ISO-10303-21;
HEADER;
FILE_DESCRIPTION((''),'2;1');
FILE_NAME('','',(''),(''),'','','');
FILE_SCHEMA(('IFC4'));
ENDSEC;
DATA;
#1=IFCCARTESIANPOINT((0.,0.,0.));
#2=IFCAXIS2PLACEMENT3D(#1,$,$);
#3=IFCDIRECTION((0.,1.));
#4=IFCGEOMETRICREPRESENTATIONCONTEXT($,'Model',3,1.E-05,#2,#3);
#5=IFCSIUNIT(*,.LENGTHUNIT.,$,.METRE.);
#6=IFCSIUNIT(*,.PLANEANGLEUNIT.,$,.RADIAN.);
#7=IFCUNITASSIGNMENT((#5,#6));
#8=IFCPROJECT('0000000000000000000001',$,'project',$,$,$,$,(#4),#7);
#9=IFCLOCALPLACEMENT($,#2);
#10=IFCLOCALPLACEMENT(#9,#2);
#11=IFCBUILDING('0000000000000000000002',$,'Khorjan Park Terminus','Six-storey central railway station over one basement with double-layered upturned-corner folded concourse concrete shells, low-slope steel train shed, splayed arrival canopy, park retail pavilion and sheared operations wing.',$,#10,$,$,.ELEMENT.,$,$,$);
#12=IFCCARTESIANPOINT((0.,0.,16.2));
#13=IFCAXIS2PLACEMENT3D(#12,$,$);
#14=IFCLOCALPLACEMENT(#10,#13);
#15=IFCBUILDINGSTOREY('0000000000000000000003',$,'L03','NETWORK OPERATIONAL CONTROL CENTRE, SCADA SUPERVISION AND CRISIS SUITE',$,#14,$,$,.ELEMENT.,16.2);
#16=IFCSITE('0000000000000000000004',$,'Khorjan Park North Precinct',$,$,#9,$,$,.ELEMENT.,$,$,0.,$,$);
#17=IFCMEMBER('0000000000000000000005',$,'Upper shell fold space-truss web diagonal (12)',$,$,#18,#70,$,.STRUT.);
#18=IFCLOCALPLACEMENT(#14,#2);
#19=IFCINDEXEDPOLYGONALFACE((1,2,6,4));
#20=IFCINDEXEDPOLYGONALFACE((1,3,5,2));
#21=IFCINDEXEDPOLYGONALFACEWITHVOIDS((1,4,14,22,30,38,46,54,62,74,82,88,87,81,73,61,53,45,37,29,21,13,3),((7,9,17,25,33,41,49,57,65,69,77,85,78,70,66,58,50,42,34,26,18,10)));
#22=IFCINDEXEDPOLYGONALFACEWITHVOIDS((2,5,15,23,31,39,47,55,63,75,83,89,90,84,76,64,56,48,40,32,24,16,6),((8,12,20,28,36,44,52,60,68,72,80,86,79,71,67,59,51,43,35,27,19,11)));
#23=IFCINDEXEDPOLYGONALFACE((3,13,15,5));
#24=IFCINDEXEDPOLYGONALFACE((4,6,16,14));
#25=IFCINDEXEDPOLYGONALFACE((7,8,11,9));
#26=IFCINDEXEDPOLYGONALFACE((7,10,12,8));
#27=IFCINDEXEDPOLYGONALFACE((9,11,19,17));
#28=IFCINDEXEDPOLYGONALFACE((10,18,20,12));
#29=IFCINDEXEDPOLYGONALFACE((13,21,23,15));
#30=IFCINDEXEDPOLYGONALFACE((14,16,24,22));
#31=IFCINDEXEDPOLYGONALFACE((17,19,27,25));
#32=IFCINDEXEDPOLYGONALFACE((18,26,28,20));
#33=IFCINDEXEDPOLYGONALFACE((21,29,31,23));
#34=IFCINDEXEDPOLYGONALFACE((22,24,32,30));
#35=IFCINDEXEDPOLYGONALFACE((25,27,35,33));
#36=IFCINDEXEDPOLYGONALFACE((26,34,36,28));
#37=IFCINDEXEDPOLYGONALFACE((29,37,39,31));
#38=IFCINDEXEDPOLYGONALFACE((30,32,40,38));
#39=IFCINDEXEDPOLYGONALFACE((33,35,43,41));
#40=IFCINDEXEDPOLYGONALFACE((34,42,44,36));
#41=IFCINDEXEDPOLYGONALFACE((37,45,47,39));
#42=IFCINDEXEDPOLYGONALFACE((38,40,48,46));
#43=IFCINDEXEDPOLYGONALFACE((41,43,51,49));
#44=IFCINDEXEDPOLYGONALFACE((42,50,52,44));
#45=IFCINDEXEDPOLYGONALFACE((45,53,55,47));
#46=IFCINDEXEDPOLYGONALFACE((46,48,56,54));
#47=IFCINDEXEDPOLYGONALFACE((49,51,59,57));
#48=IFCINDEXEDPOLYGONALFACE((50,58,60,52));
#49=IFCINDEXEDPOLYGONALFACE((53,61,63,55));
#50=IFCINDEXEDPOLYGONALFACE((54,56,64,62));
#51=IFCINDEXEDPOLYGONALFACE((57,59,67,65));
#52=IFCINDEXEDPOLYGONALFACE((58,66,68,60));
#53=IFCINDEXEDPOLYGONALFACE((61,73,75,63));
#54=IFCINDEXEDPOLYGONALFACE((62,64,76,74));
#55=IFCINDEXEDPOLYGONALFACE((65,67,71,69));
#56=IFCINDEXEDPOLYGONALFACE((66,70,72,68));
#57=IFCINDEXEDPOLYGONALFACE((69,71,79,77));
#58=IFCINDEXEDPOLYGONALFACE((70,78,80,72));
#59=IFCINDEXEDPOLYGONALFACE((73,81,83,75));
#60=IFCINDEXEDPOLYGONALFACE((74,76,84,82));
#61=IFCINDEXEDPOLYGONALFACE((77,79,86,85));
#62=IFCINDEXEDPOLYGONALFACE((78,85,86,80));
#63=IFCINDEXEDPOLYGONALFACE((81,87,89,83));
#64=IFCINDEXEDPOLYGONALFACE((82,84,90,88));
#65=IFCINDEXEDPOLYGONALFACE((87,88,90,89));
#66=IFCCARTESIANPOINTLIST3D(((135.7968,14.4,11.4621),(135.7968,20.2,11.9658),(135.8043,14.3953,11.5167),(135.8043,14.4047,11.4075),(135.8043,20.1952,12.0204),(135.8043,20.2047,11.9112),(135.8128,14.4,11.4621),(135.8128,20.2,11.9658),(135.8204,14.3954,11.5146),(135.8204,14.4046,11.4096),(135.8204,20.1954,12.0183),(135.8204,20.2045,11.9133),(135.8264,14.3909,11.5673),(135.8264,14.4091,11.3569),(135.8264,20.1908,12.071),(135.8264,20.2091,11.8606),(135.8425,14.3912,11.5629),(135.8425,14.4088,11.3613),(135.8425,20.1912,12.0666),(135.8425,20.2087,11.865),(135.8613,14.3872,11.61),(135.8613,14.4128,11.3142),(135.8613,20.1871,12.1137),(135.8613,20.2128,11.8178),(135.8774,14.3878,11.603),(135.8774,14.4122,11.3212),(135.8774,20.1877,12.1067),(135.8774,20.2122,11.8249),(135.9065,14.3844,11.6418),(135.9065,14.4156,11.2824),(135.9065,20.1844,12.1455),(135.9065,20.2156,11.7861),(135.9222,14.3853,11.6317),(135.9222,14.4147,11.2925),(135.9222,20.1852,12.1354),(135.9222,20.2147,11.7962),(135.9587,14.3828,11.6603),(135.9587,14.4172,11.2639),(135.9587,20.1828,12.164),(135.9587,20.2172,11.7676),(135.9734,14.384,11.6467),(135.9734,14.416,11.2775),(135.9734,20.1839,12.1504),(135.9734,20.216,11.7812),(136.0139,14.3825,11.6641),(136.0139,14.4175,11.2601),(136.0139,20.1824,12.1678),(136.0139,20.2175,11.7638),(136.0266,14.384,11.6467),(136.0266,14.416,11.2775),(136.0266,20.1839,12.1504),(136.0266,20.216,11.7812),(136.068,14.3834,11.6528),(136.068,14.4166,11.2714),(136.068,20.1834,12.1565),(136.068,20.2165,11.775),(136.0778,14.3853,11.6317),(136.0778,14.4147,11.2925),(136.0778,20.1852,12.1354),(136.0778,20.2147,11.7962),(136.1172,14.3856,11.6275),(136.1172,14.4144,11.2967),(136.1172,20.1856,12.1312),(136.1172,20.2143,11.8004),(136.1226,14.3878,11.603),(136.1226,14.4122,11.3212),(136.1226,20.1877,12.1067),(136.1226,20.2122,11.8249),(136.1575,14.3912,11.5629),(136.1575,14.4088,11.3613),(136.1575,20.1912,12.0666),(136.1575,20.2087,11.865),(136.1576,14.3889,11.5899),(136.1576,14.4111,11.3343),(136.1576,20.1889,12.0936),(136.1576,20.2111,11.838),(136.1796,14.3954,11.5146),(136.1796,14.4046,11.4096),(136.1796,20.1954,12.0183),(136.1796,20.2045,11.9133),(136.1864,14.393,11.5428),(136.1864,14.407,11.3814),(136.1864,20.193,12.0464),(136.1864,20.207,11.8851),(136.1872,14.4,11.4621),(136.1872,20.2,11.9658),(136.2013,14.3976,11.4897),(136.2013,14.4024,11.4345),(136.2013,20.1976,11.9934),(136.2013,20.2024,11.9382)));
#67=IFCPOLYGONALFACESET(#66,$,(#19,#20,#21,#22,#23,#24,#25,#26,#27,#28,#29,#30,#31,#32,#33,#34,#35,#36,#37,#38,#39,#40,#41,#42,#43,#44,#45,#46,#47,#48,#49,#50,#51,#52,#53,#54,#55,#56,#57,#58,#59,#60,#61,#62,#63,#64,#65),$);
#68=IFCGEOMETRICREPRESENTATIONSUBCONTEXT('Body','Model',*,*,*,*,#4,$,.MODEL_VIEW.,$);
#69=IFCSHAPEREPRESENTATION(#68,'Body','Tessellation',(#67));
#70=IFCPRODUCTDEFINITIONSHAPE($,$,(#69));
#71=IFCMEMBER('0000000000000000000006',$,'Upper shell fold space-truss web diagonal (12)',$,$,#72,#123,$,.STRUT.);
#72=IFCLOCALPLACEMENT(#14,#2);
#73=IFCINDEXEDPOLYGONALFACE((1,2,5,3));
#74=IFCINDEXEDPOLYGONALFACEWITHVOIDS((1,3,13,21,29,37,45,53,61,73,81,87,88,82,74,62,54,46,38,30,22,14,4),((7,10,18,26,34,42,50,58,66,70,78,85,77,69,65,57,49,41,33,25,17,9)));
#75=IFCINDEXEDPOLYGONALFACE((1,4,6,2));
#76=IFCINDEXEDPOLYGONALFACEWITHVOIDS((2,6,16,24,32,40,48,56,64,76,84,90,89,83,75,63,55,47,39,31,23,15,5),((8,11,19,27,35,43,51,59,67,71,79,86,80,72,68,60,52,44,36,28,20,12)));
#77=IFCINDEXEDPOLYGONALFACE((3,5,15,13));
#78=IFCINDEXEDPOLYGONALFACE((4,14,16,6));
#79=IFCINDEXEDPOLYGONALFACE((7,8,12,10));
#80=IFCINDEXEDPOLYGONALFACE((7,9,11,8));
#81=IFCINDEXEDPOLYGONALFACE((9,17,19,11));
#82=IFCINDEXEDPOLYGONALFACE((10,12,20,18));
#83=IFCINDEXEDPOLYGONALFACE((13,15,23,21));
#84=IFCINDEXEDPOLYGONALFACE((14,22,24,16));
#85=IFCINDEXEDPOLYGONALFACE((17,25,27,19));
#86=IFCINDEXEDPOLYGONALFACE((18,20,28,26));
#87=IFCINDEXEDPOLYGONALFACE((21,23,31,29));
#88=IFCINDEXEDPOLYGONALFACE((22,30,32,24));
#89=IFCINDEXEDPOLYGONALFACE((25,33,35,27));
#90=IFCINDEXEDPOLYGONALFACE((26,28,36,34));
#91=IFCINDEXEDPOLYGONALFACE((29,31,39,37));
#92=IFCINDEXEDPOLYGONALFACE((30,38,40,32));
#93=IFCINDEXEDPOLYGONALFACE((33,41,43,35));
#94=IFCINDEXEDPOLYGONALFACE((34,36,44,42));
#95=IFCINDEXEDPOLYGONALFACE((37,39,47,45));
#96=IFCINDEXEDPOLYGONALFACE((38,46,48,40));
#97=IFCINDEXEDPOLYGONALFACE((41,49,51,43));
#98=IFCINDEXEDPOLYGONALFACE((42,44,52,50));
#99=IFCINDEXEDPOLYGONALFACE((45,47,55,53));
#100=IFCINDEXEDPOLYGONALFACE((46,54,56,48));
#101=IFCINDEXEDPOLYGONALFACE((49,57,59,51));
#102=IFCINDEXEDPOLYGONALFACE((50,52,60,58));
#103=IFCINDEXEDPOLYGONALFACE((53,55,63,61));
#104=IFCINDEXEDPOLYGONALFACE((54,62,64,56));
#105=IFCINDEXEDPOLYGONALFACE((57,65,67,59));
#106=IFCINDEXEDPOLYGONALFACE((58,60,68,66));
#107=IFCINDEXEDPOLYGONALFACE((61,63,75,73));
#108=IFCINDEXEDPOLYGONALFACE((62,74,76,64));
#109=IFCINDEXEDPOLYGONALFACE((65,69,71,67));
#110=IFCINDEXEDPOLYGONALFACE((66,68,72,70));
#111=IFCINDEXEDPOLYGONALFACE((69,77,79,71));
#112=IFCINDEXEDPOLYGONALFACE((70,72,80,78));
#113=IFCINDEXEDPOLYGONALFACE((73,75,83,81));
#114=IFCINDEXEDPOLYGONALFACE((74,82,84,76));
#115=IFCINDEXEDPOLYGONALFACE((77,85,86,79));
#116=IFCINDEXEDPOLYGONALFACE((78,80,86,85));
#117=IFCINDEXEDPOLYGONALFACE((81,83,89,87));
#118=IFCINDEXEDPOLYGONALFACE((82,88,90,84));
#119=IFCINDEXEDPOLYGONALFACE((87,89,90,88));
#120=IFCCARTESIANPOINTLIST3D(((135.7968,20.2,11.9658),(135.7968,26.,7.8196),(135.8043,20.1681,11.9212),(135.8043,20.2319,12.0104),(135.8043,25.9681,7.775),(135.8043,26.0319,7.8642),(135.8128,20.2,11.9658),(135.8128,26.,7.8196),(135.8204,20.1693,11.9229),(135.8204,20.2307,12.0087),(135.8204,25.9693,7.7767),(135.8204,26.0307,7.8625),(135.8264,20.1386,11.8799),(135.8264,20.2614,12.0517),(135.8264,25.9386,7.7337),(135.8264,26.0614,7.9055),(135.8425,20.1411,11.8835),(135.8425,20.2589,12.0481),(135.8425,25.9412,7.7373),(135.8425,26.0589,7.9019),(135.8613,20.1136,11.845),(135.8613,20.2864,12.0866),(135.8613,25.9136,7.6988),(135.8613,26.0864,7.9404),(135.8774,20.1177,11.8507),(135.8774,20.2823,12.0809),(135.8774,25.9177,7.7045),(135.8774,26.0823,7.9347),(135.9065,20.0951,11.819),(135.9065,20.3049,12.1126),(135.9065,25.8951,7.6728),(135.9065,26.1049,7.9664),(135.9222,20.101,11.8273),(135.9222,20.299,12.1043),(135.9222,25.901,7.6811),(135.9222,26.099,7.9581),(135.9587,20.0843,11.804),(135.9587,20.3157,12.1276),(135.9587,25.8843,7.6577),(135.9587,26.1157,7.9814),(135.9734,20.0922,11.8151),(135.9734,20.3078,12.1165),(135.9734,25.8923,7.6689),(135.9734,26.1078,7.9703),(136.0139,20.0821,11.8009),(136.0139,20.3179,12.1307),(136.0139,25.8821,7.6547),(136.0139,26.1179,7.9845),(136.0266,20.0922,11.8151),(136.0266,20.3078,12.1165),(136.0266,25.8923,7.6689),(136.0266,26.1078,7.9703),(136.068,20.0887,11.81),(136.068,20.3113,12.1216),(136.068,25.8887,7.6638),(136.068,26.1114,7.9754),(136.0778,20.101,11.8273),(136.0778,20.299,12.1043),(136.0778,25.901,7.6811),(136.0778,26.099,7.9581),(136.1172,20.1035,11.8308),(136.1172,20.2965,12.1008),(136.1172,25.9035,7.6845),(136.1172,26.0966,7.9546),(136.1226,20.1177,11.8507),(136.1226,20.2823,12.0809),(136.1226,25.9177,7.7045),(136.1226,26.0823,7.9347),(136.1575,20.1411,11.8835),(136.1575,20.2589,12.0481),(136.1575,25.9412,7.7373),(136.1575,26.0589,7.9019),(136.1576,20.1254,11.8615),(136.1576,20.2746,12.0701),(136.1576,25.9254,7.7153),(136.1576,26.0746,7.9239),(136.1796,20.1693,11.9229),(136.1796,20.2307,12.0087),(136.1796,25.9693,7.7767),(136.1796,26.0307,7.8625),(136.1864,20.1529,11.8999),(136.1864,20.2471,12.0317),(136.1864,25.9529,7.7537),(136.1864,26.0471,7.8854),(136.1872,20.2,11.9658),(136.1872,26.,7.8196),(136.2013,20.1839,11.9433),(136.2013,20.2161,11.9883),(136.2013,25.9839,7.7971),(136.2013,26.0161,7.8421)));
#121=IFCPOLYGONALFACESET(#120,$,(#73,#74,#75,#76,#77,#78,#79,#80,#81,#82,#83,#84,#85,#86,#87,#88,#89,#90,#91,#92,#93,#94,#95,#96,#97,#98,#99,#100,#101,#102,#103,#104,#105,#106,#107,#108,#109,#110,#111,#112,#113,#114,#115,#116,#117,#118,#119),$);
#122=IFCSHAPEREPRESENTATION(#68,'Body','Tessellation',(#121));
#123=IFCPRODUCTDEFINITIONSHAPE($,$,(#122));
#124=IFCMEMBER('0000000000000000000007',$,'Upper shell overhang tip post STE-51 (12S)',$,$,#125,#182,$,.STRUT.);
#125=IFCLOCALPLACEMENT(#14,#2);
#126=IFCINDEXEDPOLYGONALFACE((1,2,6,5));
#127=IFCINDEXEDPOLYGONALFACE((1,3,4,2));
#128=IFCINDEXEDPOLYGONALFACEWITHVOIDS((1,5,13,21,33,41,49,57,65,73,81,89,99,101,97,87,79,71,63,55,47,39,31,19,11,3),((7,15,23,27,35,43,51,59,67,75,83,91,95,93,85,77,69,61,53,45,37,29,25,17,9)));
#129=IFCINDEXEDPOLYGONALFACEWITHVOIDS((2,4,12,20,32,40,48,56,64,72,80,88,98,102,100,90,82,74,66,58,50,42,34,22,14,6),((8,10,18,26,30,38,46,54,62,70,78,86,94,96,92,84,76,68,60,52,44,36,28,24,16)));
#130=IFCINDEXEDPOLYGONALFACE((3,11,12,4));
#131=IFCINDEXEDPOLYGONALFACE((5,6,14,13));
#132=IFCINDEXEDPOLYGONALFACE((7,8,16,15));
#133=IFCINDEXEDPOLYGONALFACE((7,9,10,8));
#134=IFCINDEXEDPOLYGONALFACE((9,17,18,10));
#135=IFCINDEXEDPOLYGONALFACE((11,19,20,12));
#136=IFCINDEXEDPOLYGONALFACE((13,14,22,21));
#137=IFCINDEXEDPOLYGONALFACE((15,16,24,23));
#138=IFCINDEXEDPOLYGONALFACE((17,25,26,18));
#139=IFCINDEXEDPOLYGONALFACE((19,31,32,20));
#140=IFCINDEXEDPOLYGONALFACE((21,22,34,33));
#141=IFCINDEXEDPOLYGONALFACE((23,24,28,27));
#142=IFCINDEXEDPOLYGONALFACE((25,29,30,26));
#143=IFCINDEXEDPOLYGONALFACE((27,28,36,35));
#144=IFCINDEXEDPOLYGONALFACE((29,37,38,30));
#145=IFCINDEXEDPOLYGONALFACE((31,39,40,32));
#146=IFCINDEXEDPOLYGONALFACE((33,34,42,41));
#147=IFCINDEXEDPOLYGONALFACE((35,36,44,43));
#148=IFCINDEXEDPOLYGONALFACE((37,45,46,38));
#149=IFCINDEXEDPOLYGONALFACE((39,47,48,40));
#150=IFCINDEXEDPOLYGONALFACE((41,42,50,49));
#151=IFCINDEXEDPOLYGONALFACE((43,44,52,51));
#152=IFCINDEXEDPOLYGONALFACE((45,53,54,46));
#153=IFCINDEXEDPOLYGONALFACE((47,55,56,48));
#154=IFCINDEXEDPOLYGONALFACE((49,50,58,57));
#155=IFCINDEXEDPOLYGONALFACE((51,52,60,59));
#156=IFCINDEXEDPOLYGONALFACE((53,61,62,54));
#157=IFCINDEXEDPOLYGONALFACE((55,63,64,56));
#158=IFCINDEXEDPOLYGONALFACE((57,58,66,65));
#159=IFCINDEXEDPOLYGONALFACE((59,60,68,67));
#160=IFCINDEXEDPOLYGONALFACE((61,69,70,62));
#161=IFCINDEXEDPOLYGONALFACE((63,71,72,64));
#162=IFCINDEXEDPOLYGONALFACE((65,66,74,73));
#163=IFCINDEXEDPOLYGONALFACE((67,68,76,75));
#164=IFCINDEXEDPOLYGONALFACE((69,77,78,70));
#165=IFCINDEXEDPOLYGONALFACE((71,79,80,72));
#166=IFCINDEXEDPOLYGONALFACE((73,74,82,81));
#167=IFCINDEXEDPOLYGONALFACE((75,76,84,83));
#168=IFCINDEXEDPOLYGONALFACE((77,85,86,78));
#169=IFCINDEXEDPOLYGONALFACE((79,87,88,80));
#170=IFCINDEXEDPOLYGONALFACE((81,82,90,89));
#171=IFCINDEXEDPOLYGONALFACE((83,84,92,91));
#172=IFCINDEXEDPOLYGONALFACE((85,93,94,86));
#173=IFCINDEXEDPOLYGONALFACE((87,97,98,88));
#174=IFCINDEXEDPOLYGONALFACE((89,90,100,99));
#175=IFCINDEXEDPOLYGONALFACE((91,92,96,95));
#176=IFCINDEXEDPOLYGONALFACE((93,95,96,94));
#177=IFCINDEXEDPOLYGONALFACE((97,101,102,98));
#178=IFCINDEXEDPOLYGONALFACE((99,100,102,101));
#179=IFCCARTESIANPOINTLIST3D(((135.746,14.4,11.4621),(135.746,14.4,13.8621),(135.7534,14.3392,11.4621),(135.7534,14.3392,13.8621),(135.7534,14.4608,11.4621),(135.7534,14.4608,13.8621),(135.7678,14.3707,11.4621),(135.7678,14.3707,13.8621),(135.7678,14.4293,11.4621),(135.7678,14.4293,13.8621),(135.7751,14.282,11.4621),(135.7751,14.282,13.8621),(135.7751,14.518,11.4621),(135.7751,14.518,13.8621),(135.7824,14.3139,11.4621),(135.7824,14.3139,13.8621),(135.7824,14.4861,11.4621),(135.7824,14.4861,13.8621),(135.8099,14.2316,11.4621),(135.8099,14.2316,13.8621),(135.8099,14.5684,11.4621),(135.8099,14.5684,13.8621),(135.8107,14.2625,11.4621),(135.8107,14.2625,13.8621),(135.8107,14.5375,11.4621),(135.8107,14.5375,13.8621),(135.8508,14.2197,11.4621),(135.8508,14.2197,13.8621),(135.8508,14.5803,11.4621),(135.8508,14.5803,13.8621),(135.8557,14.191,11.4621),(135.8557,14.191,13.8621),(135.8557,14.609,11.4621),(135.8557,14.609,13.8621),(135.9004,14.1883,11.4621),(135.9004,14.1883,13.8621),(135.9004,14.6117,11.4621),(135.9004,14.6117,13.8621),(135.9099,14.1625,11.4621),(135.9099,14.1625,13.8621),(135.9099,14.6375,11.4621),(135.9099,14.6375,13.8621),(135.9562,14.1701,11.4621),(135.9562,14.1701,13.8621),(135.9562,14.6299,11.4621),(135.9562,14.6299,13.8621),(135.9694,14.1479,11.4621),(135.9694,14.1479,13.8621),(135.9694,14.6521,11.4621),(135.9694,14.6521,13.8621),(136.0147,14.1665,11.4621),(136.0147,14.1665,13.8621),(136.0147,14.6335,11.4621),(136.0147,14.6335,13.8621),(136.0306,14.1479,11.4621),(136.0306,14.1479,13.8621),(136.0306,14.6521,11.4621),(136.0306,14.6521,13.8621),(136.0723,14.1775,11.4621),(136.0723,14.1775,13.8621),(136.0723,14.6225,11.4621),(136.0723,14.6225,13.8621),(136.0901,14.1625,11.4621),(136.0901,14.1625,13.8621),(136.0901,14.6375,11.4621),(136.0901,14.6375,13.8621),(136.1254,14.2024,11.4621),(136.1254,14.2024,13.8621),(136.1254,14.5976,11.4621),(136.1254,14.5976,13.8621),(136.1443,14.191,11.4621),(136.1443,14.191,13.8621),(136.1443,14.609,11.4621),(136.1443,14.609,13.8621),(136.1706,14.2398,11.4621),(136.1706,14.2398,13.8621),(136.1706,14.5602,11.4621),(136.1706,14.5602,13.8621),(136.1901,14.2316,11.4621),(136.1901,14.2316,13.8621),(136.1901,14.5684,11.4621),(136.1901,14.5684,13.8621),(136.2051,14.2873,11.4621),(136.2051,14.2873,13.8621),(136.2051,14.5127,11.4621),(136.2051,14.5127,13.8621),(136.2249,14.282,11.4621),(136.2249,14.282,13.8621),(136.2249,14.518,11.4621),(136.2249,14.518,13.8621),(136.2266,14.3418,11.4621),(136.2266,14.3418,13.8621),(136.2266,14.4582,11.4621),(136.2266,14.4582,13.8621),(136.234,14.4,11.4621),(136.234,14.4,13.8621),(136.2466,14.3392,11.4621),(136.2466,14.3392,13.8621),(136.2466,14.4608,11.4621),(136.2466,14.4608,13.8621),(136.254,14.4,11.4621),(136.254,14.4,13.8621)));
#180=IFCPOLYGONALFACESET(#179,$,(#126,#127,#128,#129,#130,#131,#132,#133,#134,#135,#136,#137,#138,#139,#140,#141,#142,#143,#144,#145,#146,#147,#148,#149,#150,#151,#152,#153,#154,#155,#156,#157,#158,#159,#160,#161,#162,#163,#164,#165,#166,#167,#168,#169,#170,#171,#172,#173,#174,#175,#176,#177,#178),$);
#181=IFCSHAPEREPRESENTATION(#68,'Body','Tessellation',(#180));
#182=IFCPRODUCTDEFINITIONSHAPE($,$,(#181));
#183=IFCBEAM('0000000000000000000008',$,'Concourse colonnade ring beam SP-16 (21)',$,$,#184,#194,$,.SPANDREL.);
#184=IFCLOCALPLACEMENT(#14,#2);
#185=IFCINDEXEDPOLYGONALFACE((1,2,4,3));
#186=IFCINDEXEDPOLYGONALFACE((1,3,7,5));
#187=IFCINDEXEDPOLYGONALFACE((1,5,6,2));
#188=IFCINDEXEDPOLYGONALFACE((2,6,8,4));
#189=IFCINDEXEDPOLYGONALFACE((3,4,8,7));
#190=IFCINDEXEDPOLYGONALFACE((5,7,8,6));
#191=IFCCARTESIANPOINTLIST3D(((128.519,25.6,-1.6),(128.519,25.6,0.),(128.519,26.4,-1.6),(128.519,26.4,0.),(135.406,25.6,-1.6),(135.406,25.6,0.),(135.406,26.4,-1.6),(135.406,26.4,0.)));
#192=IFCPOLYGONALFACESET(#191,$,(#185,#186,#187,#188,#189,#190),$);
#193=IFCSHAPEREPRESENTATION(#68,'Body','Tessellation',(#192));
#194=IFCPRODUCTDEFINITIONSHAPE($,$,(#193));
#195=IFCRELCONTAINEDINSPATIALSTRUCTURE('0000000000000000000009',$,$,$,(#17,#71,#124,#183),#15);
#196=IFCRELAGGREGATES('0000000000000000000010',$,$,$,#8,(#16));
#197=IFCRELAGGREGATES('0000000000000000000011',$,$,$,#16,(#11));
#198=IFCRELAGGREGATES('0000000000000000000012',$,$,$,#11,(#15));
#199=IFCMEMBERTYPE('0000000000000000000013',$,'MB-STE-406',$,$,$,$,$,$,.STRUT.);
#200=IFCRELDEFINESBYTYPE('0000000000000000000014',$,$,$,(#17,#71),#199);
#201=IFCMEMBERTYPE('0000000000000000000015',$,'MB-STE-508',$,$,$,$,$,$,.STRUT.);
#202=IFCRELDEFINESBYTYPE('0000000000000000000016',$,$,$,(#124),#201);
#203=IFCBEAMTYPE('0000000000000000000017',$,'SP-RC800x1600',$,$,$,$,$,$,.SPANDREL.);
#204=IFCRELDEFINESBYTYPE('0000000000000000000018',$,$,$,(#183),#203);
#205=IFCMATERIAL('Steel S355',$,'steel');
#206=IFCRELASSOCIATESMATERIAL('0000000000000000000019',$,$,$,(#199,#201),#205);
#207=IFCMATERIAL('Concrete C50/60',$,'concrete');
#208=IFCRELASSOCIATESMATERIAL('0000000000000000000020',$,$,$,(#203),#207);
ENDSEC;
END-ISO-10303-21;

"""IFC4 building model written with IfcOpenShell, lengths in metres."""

from ifc_helpers import new_model, si_unit, direction, frame, origin, origin_2d, place, context, subcontext, project, spatial, rectangle, hollow_circle, extrude, material, material_profile, profile_set, type_object, element, save


model = new_model("IFC4")

# Units and contexts
model_context = context("Model", 3, precision=1e-05, world=origin(), true_north=direction((0.0, 1.0)))
body_context = subcontext(model_context, "Body", "Model", "MODEL_VIEW")
ifc_project = project(units=[si_unit("LENGTHUNIT", "METRE"), si_unit("PLANEANGLEUNIT", "RADIAN")], contexts=[model_context])

# Site, building, storey
site_placement = place(None, origin())
site = spatial("IfcSite", under=ifc_project, at=site_placement, Name="Khorjan Park North Precinct", CompositionType="ELEMENT", RefElevation=0.0)
building_placement = place(site_placement, origin())
building = spatial("IfcBuilding", under=site, at=building_placement, Name="Khorjan Park Terminus", Description="Six-storey central railway station over one basement with double-layered upturned-corner folded concourse concrete shells, low-slope steel train shed, splayed arrival canopy, park retail pavilion and sheared operations wing.", CompositionType="ELEMENT")
storey_placement = place(building_placement, frame((0.0, 0.0, 16.2)))
storey = spatial("IfcBuildingStorey", under=building, at=storey_placement, Name="L03", Description="NETWORK OPERATIONAL CONTROL CENTRE, SCADA SUPERVISION AND CRISIS SUITE", CompositionType="ELEMENT", Elevation=16.2)

# Shared definitions
ifc_material_1 = material(Name="Concrete C50/60", Category="concrete")

# Members
ifc_material_2 = material(Name="Steel S355", Category="steel")
ifc_material_profile_1 = material_profile(ifc_material_2, hollow_circle(Radius=0.2032, WallThickness=0.016, at=origin_2d()), Name="CHS 406.4x16")
ifc_profile_set_1 = profile_set([ifc_material_profile_1], Name="Steel S355")
member_type_1 = type_object("IfcMemberType", Name="MB-STE-406", PredefinedType="STRUT", material=ifc_profile_set_1)
member_1_placement = place(storey_placement, frame((136.0, 14.4, 11.4621), z_axis=(0.0, 0.99625, 0.086519), x_axis=(-1.0, 0.0, 0.0)))
element("IfcMember", 1, at=member_1_placement, inside=storey, type_object=member_type_1, Name="Upper shell fold space-truss web diagonal (12)", PredefinedType="STRUT", context=body_context, shape_type="SweptSolid", body=[
    extrude(hollow_circle(Radius=0.2032, WallThickness=0.016, at=origin_2d()), origin(), (0.0, 0.0, 1.0), 5.8218),
])
member_2_placement = place(storey_placement, frame((136.0, 20.2, 11.9658), z_axis=(0.0, 0.813512, -0.581549), x_axis=(-1.0, 0.0, 0.0)))
element("IfcMember", 2, at=member_2_placement, inside=storey, type_object=member_type_1, Name="Upper shell fold space-truss web diagonal (12)", PredefinedType="STRUT", context=body_context, shape_type="SweptSolid", body=[
    extrude(hollow_circle(Radius=0.2032, WallThickness=0.016, at=origin_2d()), origin(), (0.0, 0.0, 1.0), 7.1296),
])
ifc_material_profile_2 = material_profile(ifc_material_2, hollow_circle(Radius=0.254, WallThickness=0.02, at=origin_2d()), Name="CHS 508x20")
ifc_profile_set_2 = profile_set([ifc_material_profile_2], Name="Steel S355")
member_type_2 = type_object("IfcMemberType", Name="MB-STE-508", PredefinedType="STRUT", material=ifc_profile_set_2)
member_3_placement = place(storey_placement, frame((136.0, 14.4, 11.4621), z_axis=(0.0, 0.0, 1.0), x_axis=(1.0, 0.0, 0.0)))
element("IfcMember", 3, at=member_3_placement, inside=storey, type_object=member_type_2, Name="Upper shell overhang tip post STE-51 (12S)", PredefinedType="STRUT", context=body_context, shape_type="SweptSolid", body=[
    extrude(hollow_circle(Radius=0.254, WallThickness=0.02, at=origin_2d()), origin(), (0.0, 0.0, 1.0), 2.4),
])

# Beam
ifc_material_profile_3 = material_profile(ifc_material_1, rectangle(XDim=0.8, YDim=1.6, at=origin_2d()), Name="RC 800x1600")
ifc_profile_set_3 = profile_set([ifc_material_profile_3], Name="Concrete C50/60")
beam_type_1 = type_object("IfcBeamType", Name="SP-RC800x1600", PredefinedType="SPANDREL", material=ifc_profile_set_3)
beam_1_placement = place(storey_placement, frame((128.519, 26.0, -0.8), z_axis=(1.0, 0.0, 0.0), x_axis=(0.0, 1.0, 0.0)))
element("IfcBeam", 4, at=beam_1_placement, inside=storey, type_object=beam_type_1, Name="Concourse colonnade ring beam SP-16 (21)", PredefinedType="SPANDREL", context=body_context, shape_type="SweptSolid", body=[
    extrude(rectangle(XDim=0.8, YDim=1.6, at=origin_2d()), origin(), (0.0, 0.0, 1.0), 6.887),
])

save(model, "model.ifc")
